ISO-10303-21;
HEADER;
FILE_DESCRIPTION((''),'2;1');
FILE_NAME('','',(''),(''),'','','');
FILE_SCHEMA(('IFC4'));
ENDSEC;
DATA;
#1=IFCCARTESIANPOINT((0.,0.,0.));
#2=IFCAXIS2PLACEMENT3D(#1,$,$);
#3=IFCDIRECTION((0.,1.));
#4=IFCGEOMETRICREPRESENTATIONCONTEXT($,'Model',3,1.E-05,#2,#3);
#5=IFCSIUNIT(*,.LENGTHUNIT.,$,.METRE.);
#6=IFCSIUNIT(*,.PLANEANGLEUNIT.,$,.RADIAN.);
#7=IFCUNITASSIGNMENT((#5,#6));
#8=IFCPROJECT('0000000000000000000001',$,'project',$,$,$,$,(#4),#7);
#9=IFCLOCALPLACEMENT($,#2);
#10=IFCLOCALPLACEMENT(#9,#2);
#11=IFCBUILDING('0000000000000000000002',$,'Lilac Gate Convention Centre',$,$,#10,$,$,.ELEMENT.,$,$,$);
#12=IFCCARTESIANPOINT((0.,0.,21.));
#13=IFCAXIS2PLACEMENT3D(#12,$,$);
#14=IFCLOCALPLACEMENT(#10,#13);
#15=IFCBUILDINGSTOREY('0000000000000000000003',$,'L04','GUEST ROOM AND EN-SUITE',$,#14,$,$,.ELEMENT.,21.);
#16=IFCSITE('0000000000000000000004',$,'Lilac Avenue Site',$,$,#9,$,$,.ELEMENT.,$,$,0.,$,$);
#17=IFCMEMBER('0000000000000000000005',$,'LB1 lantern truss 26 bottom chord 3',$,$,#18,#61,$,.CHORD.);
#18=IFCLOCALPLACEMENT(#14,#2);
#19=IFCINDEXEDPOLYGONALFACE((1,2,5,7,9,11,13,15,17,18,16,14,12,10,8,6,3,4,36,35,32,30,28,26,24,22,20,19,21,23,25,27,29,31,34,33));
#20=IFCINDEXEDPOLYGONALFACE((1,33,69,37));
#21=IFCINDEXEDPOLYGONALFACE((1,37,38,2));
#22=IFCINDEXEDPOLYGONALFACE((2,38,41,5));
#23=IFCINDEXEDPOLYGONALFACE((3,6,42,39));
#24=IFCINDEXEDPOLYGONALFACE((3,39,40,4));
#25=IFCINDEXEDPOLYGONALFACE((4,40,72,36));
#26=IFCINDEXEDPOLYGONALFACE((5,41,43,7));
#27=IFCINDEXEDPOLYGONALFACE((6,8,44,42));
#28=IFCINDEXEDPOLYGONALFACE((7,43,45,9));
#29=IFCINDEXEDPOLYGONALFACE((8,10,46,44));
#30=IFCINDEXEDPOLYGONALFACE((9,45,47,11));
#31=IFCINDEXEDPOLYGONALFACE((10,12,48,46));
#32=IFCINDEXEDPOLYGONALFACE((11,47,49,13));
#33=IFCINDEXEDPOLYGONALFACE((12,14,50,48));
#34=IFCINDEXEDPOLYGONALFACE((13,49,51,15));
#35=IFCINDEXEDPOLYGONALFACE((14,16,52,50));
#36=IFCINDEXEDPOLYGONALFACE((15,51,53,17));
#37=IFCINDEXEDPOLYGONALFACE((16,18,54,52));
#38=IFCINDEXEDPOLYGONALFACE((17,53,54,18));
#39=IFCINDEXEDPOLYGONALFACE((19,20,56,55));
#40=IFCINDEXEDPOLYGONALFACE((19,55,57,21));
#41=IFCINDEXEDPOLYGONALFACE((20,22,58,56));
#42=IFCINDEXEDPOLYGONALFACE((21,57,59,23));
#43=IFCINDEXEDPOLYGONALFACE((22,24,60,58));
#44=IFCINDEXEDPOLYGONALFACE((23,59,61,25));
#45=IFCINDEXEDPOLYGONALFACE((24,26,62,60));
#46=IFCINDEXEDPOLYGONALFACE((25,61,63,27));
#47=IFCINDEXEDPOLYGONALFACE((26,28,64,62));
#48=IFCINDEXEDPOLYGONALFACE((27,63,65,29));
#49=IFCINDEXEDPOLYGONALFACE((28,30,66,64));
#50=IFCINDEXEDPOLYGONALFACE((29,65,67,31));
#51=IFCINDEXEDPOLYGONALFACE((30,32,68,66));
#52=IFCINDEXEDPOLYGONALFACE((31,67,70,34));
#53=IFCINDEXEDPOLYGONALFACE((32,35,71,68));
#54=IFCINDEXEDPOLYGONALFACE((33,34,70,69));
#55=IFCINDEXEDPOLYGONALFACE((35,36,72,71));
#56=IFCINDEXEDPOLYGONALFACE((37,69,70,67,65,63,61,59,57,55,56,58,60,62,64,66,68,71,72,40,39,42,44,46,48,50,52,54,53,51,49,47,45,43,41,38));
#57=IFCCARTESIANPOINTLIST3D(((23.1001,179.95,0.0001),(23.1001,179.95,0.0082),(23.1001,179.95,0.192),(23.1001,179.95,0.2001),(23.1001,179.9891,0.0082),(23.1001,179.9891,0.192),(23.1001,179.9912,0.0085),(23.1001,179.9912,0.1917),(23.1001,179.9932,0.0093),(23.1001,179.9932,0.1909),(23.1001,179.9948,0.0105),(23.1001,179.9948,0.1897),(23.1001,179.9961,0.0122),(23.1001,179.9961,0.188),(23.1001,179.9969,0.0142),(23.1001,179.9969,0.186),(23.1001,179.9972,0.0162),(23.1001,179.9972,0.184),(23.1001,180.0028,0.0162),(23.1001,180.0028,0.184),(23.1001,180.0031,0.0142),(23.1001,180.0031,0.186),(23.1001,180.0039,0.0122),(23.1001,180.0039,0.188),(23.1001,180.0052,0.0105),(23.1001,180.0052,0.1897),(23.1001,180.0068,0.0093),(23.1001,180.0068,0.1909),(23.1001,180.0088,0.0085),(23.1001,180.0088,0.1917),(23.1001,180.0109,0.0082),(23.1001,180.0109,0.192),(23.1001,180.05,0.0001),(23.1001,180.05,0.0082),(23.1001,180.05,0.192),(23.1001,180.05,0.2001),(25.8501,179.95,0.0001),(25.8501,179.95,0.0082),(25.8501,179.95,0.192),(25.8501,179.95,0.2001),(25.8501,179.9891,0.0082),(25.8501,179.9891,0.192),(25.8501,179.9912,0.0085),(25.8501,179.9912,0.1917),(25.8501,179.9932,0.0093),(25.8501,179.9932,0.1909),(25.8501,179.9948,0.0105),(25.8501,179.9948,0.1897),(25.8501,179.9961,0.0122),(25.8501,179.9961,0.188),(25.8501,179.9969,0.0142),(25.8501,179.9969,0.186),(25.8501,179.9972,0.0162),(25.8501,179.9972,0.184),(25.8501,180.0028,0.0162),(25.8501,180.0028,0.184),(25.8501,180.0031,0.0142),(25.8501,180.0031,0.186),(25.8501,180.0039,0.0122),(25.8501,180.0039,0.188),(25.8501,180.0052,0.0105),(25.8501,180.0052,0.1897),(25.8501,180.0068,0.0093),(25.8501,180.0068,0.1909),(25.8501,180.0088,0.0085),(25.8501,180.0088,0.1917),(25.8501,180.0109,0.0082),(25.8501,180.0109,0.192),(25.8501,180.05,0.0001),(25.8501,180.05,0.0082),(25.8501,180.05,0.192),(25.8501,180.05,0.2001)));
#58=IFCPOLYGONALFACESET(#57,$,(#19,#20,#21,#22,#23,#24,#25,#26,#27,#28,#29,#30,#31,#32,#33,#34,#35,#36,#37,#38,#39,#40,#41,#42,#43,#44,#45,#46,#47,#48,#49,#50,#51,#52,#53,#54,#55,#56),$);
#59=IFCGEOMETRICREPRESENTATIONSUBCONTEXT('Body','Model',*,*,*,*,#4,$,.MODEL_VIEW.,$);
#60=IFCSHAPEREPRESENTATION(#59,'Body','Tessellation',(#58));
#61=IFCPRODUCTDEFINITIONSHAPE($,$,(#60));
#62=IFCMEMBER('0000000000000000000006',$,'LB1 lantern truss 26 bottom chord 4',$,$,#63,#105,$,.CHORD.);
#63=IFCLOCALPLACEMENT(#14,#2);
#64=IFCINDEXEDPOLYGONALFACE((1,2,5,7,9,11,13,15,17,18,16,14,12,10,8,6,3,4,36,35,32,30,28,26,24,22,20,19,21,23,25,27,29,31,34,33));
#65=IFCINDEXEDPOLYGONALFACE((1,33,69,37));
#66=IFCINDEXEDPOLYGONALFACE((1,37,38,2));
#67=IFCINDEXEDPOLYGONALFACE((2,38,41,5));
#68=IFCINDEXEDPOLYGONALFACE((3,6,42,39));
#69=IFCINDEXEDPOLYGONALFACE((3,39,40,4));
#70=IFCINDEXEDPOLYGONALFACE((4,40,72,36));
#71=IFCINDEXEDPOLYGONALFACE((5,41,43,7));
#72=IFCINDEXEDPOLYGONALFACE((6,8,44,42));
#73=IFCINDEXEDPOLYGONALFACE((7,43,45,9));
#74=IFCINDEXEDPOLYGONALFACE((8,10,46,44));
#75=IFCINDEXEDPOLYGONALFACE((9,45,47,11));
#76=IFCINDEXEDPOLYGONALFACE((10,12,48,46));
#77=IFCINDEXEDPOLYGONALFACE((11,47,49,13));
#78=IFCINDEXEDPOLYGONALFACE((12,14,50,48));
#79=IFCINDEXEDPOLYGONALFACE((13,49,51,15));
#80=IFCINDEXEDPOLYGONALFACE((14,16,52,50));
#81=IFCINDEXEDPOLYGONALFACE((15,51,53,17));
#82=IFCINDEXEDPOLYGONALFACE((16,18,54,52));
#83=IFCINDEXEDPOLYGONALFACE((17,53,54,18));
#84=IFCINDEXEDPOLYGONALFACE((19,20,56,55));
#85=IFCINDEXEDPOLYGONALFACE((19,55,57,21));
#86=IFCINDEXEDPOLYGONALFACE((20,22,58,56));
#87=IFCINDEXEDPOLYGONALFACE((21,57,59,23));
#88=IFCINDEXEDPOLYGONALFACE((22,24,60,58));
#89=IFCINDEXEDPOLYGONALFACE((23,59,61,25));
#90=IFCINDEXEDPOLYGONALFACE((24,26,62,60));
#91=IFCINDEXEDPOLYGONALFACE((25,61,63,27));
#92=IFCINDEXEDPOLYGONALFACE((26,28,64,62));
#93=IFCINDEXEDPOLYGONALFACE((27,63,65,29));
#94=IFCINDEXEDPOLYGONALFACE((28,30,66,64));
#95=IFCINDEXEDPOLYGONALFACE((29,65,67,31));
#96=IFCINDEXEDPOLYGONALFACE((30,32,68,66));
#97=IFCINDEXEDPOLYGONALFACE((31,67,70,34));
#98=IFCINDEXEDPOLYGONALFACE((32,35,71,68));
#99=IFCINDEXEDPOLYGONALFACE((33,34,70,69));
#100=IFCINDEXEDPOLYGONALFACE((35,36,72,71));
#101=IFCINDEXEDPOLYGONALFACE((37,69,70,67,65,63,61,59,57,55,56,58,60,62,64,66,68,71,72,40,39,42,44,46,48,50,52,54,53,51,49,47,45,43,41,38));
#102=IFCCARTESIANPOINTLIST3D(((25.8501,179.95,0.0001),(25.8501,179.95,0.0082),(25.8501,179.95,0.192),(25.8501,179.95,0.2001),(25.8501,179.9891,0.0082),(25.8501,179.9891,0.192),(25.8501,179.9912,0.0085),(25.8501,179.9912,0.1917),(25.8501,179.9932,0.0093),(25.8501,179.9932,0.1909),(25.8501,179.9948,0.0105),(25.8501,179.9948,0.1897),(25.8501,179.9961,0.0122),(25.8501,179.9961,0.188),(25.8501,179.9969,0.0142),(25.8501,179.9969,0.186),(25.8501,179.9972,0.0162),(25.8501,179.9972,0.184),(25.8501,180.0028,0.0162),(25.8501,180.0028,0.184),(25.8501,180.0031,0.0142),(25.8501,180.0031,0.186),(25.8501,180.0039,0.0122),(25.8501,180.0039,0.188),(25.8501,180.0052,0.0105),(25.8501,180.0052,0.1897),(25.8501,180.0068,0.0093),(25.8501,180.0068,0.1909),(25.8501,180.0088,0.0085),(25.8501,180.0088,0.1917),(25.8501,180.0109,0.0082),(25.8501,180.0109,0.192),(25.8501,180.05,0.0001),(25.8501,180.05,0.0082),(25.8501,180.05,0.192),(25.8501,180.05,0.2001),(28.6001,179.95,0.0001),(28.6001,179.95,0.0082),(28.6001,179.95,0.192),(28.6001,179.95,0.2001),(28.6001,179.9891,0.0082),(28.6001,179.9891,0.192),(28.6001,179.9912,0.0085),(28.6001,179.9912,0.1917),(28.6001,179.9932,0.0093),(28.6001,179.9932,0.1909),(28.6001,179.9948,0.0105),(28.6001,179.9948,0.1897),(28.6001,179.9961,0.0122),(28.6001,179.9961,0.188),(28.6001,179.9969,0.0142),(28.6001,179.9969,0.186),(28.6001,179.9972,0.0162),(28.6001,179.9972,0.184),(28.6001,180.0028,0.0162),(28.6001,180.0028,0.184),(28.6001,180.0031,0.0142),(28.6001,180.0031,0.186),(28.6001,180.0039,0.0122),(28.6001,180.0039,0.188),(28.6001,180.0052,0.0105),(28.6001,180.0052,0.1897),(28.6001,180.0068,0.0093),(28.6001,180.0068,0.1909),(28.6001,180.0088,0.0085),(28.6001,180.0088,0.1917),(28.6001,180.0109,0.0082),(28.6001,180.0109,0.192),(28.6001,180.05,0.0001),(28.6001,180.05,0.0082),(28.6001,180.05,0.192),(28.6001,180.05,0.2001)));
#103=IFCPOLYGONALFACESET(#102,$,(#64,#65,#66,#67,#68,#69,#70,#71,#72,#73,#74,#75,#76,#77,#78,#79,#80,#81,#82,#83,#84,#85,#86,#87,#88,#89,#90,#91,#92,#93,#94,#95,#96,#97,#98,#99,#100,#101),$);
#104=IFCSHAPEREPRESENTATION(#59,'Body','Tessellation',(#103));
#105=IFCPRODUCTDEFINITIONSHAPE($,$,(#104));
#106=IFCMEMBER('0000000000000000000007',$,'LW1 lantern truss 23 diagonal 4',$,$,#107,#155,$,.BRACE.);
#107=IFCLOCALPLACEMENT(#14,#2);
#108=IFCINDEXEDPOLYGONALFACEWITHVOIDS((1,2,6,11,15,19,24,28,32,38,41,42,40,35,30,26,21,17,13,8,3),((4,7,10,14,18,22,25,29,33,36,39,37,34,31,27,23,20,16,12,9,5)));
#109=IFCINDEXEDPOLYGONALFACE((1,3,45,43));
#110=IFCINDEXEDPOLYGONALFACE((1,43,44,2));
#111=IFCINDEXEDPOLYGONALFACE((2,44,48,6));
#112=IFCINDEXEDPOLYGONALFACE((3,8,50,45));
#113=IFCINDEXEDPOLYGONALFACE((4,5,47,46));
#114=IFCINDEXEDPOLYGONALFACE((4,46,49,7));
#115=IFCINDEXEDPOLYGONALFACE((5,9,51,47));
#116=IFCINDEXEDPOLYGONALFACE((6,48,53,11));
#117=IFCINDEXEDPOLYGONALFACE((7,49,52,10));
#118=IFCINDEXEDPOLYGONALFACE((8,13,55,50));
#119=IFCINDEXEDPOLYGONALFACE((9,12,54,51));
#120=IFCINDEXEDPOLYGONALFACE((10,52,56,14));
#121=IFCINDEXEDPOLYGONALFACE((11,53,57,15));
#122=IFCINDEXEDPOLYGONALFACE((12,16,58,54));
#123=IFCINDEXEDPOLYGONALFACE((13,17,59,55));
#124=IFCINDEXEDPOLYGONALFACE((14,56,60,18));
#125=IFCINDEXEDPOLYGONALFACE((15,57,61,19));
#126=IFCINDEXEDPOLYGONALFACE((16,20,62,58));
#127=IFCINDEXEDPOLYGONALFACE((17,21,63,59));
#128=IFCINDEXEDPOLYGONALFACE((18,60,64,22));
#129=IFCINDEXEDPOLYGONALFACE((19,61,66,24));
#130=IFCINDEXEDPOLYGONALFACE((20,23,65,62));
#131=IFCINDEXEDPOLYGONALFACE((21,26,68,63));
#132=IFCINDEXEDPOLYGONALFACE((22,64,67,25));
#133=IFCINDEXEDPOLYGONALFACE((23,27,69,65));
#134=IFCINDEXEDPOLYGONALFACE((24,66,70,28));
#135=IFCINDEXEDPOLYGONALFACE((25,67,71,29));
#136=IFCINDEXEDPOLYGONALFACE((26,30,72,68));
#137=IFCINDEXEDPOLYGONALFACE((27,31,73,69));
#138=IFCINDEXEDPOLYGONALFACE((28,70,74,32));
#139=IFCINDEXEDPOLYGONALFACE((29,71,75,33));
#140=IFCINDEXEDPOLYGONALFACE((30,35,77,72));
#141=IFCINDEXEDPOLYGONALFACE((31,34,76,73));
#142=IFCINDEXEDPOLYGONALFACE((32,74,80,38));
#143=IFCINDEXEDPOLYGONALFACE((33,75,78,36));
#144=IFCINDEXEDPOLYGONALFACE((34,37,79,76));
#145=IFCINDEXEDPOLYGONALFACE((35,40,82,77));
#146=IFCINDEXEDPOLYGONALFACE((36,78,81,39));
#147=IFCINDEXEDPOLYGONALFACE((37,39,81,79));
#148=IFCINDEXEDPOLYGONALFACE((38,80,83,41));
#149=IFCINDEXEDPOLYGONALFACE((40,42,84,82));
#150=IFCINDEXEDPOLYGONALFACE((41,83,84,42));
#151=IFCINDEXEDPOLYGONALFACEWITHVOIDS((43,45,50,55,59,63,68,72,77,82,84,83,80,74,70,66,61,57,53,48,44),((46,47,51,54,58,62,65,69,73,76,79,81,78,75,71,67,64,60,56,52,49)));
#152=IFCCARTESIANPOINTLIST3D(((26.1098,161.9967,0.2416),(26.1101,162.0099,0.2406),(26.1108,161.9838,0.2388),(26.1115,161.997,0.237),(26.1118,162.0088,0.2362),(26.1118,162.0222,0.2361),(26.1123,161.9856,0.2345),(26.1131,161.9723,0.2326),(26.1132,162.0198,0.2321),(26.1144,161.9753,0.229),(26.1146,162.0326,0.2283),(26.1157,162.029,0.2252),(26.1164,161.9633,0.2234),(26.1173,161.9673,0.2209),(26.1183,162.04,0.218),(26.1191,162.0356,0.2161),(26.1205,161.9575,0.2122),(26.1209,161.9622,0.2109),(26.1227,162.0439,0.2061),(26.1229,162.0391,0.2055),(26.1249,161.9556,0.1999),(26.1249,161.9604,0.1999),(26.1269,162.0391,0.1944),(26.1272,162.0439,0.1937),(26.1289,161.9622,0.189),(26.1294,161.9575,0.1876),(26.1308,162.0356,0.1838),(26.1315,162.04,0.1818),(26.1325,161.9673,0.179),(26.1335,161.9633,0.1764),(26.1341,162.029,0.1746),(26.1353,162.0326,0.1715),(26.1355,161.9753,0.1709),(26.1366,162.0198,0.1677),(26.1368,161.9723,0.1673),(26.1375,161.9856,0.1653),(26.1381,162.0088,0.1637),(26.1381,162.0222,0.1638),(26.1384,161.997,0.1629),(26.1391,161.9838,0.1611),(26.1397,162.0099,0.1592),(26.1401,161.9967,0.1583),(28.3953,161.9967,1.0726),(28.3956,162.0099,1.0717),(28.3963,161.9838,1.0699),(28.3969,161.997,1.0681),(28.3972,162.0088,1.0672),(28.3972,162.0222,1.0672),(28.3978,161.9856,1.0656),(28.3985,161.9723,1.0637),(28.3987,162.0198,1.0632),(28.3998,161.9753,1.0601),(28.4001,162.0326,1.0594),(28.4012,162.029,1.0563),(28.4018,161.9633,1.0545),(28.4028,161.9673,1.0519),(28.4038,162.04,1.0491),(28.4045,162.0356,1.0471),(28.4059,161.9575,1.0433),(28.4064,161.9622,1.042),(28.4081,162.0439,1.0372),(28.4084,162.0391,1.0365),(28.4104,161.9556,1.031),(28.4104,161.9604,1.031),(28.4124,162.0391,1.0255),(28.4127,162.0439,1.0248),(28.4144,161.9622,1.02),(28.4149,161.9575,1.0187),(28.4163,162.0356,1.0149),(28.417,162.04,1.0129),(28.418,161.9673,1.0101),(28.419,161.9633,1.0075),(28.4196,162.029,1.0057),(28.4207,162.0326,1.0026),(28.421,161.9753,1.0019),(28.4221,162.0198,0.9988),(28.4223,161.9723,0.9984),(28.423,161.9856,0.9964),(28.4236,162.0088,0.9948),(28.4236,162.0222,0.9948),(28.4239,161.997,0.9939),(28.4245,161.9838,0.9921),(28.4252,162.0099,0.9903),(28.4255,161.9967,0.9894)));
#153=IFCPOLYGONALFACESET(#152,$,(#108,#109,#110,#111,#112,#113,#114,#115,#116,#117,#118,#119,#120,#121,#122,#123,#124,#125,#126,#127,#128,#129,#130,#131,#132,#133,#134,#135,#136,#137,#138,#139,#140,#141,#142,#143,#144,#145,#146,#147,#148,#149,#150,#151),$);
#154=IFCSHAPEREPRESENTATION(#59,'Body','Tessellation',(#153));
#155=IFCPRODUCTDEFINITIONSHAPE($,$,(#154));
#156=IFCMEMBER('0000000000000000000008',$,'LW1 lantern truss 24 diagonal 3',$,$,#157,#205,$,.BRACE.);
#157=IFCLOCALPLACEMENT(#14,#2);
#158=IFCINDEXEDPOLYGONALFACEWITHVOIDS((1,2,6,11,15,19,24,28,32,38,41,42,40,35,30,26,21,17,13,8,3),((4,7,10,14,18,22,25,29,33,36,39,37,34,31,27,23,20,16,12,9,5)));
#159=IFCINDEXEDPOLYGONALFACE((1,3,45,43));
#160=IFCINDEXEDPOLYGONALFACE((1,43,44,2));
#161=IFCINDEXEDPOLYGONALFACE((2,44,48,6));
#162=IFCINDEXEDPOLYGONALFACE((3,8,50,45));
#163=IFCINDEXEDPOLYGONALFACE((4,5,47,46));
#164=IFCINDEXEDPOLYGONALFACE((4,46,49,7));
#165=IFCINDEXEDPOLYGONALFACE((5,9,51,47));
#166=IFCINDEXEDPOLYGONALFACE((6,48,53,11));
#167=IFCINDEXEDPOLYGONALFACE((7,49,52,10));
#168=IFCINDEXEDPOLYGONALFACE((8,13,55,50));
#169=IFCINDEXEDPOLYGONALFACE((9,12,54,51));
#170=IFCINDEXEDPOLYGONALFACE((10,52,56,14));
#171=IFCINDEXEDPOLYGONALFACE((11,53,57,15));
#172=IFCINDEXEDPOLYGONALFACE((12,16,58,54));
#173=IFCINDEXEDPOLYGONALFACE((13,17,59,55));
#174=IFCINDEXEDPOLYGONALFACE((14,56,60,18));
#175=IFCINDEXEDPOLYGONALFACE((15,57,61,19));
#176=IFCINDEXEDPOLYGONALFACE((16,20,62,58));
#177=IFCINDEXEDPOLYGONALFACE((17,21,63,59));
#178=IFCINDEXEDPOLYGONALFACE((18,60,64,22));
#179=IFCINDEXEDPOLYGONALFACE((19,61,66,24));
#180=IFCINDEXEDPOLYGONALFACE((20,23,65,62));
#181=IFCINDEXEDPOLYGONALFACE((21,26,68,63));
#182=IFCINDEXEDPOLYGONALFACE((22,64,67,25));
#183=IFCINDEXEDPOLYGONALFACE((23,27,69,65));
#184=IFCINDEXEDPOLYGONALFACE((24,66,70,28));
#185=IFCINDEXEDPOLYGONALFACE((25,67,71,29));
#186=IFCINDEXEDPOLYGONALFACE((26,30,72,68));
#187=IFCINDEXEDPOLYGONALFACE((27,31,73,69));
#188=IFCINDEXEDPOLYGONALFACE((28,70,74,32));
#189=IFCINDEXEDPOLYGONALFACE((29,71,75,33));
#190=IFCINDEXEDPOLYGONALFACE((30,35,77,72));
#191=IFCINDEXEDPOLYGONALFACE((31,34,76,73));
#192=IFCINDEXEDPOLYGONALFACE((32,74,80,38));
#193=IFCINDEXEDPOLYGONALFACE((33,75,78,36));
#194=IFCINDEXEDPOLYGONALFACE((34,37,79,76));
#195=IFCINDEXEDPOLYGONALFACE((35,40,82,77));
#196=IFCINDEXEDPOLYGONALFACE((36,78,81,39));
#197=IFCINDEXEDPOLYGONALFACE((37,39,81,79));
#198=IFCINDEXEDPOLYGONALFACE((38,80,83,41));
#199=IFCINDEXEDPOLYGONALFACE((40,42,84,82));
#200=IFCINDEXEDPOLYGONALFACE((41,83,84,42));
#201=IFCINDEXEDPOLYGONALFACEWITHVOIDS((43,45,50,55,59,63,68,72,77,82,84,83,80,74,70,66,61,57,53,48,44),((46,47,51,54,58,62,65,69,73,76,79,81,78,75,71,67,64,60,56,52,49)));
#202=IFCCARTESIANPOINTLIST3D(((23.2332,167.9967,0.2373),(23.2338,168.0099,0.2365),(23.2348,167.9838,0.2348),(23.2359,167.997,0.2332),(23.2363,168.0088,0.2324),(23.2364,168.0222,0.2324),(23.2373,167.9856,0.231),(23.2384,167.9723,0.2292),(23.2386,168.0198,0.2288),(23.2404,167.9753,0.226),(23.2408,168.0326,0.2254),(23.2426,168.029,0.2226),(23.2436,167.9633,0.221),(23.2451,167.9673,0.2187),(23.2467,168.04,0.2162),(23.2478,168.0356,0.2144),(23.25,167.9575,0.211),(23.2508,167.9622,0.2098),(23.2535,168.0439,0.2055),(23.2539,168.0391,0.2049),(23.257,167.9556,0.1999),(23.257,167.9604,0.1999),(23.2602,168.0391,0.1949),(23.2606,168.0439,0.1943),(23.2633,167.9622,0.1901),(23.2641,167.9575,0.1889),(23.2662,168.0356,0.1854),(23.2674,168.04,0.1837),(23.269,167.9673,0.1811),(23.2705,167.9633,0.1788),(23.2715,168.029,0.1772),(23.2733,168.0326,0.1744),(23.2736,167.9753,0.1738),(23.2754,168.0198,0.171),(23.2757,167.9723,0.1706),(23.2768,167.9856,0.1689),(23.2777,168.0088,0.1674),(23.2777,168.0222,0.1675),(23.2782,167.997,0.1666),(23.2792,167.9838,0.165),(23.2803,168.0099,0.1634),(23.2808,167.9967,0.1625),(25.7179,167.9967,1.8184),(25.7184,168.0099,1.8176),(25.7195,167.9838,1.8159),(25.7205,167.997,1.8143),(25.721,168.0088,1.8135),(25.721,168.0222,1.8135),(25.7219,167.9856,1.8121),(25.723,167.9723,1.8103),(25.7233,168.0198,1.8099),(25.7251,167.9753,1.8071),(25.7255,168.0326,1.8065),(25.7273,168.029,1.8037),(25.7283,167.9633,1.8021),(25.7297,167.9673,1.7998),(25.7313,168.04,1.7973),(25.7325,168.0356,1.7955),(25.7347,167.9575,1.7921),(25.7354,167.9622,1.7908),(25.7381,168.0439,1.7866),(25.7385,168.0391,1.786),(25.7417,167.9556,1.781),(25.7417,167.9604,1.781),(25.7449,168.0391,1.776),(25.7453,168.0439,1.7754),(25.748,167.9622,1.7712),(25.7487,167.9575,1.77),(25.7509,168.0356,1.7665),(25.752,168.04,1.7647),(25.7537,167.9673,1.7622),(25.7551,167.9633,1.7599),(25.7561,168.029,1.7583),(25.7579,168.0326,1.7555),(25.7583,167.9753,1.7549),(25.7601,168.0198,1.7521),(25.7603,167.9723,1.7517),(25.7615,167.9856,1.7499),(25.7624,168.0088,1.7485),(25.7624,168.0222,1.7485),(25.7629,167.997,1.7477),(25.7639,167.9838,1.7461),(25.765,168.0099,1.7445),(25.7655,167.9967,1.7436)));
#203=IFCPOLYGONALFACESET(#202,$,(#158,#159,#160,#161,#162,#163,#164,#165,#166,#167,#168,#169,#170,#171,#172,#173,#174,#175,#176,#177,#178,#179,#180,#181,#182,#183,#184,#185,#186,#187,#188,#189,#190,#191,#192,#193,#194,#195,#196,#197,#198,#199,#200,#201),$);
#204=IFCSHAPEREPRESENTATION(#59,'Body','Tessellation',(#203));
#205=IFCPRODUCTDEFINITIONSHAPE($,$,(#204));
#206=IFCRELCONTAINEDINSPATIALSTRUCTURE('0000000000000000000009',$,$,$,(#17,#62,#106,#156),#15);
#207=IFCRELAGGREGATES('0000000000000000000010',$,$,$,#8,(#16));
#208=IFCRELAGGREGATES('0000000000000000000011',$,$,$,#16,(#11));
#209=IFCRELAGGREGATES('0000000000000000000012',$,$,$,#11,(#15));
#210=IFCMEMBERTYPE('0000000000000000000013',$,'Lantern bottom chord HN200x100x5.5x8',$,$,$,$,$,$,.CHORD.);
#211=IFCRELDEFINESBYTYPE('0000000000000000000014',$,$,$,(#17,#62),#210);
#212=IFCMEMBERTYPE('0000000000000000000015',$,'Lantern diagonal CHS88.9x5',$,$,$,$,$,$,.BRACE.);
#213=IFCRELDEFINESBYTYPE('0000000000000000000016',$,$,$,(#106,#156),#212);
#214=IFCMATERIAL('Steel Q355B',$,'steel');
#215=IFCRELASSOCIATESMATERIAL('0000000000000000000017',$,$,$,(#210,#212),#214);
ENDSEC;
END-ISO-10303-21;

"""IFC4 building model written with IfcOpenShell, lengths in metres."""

from ifc_helpers import new_model, si_unit, direction, frame, origin, origin_2d, place, context, subcontext, project, spatial, hollow_circle, i_section, extrude, material, material_profile, profile_set, type_object, element, save


model = new_model("IFC4")

# Units and contexts
model_context = context("Model", 3, precision=1e-05, world=origin(), true_north=direction((0.0, 1.0)))
body_context = subcontext(model_context, "Body", "Model", "MODEL_VIEW")
ifc_project = project(units=[si_unit("LENGTHUNIT", "METRE"), si_unit("PLANEANGLEUNIT", "RADIAN")], contexts=[model_context])

# Site, building, storey
site_placement = place(None, origin())
site = spatial("IfcSite", under=ifc_project, at=site_placement, Name="Lilac Avenue Site", CompositionType="ELEMENT", RefElevation=0.0)
building_placement = place(site_placement, origin())
building = spatial("IfcBuilding", under=site, at=building_placement, Name="Lilac Gate Convention Centre", CompositionType="ELEMENT")
storey_placement = place(building_placement, frame((0.0, 0.0, 21.0)))
storey = spatial("IfcBuildingStorey", under=building, at=storey_placement, Name="L04", Description="GUEST ROOM AND EN-SUITE", CompositionType="ELEMENT", Elevation=21.0)

# Members
ifc_material_1 = material(Name="Steel Q355B", Category="steel")
ifc_material_profile_1 = material_profile(ifc_material_1, i_section(OverallWidth=0.1001, OverallDepth=0.2, WebThickness=0.0056, FlangeThickness=0.0081, FilletRadius=0.0081, at=origin_2d()), Name="HN200x100x5.5x8")
ifc_profile_set_1 = profile_set([ifc_material_profile_1], Name="Steel Q355B")
member_type_1 = type_object("IfcMemberType", Name="Lantern bottom chord HN200x100x5.5x8", PredefinedType="CHORD", material=ifc_profile_set_1)
for number, where, z_axis, x_axis, name in (
    (1, (23.1001, 180.0, 0.1001), (1.0, 0.0, 0.0), (0.0, 1.0, 0.0), "LB1 lantern truss 26 bottom chord 3"),
    (2, (25.8501, 180.0, 0.1001), (1.0, 0.0, 0.0), (0.0, 1.0, 0.0), "LB1 lantern truss 26 bottom chord 4"),
):
    element("IfcMember", number, at=place(storey_placement, frame(where, z_axis=z_axis, x_axis=x_axis)), inside=storey, type_object=member_type_1, Name=name, PredefinedType="CHORD", context=body_context, shape_type="SweptSolid", body=[
        extrude(i_section(OverallWidth=0.1001, OverallDepth=0.2, WebThickness=0.0056, FlangeThickness=0.0081, FilletRadius=0.0081, at=origin_2d()), origin(), (0.0, 0.0, 1.0), 2.75),
    ])
ifc_material_profile_2 = material_profile(ifc_material_1, hollow_circle(Radius=0.0444, WallThickness=0.0049, at=origin_2d()), Name="CHS88.9x5")
ifc_profile_set_2 = profile_set([ifc_material_profile_2], Name="Steel Q355B")
member_type_2 = type_object("IfcMemberType", Name="Lantern diagonal CHS88.9x5", PredefinedType="BRACE", material=ifc_profile_set_2)
member_1_placement = place(storey_placement, frame((28.4104, 162.0, 1.031), z_axis=(-0.939793, 0.0, -0.341743), x_axis=(0.0, -1.0, 0.0)))
element("IfcMember", 3, at=member_1_placement, inside=storey, type_object=member_type_2, Name="LW1 lantern truss 23 diagonal 4", PredefinedType="BRACE", context=body_context, shape_type="SweptSolid", body=[
    extrude(hollow_circle(Radius=0.0444, WallThickness=0.0049, at=origin_2d()), origin(), (0.0, 0.0, 1.0), 2.4319),
])
member_2_placement = place(storey_placement, frame((25.7417, 168.0, 1.781), z_axis=(-0.843672, 0.0, -0.536859), x_axis=(0.0, -1.0, 0.0)))
element("IfcMember", 4, at=member_2_placement, inside=storey, type_object=member_type_2, Name="LW1 lantern truss 24 diagonal 3", PredefinedType="BRACE", context=body_context, shape_type="SweptSolid", body=[
    extrude(hollow_circle(Radius=0.0444, WallThickness=0.0049, at=origin_2d()), origin(), (0.0, 0.0, 1.0), 2.9451),
])

save(model, "model.ifc")
